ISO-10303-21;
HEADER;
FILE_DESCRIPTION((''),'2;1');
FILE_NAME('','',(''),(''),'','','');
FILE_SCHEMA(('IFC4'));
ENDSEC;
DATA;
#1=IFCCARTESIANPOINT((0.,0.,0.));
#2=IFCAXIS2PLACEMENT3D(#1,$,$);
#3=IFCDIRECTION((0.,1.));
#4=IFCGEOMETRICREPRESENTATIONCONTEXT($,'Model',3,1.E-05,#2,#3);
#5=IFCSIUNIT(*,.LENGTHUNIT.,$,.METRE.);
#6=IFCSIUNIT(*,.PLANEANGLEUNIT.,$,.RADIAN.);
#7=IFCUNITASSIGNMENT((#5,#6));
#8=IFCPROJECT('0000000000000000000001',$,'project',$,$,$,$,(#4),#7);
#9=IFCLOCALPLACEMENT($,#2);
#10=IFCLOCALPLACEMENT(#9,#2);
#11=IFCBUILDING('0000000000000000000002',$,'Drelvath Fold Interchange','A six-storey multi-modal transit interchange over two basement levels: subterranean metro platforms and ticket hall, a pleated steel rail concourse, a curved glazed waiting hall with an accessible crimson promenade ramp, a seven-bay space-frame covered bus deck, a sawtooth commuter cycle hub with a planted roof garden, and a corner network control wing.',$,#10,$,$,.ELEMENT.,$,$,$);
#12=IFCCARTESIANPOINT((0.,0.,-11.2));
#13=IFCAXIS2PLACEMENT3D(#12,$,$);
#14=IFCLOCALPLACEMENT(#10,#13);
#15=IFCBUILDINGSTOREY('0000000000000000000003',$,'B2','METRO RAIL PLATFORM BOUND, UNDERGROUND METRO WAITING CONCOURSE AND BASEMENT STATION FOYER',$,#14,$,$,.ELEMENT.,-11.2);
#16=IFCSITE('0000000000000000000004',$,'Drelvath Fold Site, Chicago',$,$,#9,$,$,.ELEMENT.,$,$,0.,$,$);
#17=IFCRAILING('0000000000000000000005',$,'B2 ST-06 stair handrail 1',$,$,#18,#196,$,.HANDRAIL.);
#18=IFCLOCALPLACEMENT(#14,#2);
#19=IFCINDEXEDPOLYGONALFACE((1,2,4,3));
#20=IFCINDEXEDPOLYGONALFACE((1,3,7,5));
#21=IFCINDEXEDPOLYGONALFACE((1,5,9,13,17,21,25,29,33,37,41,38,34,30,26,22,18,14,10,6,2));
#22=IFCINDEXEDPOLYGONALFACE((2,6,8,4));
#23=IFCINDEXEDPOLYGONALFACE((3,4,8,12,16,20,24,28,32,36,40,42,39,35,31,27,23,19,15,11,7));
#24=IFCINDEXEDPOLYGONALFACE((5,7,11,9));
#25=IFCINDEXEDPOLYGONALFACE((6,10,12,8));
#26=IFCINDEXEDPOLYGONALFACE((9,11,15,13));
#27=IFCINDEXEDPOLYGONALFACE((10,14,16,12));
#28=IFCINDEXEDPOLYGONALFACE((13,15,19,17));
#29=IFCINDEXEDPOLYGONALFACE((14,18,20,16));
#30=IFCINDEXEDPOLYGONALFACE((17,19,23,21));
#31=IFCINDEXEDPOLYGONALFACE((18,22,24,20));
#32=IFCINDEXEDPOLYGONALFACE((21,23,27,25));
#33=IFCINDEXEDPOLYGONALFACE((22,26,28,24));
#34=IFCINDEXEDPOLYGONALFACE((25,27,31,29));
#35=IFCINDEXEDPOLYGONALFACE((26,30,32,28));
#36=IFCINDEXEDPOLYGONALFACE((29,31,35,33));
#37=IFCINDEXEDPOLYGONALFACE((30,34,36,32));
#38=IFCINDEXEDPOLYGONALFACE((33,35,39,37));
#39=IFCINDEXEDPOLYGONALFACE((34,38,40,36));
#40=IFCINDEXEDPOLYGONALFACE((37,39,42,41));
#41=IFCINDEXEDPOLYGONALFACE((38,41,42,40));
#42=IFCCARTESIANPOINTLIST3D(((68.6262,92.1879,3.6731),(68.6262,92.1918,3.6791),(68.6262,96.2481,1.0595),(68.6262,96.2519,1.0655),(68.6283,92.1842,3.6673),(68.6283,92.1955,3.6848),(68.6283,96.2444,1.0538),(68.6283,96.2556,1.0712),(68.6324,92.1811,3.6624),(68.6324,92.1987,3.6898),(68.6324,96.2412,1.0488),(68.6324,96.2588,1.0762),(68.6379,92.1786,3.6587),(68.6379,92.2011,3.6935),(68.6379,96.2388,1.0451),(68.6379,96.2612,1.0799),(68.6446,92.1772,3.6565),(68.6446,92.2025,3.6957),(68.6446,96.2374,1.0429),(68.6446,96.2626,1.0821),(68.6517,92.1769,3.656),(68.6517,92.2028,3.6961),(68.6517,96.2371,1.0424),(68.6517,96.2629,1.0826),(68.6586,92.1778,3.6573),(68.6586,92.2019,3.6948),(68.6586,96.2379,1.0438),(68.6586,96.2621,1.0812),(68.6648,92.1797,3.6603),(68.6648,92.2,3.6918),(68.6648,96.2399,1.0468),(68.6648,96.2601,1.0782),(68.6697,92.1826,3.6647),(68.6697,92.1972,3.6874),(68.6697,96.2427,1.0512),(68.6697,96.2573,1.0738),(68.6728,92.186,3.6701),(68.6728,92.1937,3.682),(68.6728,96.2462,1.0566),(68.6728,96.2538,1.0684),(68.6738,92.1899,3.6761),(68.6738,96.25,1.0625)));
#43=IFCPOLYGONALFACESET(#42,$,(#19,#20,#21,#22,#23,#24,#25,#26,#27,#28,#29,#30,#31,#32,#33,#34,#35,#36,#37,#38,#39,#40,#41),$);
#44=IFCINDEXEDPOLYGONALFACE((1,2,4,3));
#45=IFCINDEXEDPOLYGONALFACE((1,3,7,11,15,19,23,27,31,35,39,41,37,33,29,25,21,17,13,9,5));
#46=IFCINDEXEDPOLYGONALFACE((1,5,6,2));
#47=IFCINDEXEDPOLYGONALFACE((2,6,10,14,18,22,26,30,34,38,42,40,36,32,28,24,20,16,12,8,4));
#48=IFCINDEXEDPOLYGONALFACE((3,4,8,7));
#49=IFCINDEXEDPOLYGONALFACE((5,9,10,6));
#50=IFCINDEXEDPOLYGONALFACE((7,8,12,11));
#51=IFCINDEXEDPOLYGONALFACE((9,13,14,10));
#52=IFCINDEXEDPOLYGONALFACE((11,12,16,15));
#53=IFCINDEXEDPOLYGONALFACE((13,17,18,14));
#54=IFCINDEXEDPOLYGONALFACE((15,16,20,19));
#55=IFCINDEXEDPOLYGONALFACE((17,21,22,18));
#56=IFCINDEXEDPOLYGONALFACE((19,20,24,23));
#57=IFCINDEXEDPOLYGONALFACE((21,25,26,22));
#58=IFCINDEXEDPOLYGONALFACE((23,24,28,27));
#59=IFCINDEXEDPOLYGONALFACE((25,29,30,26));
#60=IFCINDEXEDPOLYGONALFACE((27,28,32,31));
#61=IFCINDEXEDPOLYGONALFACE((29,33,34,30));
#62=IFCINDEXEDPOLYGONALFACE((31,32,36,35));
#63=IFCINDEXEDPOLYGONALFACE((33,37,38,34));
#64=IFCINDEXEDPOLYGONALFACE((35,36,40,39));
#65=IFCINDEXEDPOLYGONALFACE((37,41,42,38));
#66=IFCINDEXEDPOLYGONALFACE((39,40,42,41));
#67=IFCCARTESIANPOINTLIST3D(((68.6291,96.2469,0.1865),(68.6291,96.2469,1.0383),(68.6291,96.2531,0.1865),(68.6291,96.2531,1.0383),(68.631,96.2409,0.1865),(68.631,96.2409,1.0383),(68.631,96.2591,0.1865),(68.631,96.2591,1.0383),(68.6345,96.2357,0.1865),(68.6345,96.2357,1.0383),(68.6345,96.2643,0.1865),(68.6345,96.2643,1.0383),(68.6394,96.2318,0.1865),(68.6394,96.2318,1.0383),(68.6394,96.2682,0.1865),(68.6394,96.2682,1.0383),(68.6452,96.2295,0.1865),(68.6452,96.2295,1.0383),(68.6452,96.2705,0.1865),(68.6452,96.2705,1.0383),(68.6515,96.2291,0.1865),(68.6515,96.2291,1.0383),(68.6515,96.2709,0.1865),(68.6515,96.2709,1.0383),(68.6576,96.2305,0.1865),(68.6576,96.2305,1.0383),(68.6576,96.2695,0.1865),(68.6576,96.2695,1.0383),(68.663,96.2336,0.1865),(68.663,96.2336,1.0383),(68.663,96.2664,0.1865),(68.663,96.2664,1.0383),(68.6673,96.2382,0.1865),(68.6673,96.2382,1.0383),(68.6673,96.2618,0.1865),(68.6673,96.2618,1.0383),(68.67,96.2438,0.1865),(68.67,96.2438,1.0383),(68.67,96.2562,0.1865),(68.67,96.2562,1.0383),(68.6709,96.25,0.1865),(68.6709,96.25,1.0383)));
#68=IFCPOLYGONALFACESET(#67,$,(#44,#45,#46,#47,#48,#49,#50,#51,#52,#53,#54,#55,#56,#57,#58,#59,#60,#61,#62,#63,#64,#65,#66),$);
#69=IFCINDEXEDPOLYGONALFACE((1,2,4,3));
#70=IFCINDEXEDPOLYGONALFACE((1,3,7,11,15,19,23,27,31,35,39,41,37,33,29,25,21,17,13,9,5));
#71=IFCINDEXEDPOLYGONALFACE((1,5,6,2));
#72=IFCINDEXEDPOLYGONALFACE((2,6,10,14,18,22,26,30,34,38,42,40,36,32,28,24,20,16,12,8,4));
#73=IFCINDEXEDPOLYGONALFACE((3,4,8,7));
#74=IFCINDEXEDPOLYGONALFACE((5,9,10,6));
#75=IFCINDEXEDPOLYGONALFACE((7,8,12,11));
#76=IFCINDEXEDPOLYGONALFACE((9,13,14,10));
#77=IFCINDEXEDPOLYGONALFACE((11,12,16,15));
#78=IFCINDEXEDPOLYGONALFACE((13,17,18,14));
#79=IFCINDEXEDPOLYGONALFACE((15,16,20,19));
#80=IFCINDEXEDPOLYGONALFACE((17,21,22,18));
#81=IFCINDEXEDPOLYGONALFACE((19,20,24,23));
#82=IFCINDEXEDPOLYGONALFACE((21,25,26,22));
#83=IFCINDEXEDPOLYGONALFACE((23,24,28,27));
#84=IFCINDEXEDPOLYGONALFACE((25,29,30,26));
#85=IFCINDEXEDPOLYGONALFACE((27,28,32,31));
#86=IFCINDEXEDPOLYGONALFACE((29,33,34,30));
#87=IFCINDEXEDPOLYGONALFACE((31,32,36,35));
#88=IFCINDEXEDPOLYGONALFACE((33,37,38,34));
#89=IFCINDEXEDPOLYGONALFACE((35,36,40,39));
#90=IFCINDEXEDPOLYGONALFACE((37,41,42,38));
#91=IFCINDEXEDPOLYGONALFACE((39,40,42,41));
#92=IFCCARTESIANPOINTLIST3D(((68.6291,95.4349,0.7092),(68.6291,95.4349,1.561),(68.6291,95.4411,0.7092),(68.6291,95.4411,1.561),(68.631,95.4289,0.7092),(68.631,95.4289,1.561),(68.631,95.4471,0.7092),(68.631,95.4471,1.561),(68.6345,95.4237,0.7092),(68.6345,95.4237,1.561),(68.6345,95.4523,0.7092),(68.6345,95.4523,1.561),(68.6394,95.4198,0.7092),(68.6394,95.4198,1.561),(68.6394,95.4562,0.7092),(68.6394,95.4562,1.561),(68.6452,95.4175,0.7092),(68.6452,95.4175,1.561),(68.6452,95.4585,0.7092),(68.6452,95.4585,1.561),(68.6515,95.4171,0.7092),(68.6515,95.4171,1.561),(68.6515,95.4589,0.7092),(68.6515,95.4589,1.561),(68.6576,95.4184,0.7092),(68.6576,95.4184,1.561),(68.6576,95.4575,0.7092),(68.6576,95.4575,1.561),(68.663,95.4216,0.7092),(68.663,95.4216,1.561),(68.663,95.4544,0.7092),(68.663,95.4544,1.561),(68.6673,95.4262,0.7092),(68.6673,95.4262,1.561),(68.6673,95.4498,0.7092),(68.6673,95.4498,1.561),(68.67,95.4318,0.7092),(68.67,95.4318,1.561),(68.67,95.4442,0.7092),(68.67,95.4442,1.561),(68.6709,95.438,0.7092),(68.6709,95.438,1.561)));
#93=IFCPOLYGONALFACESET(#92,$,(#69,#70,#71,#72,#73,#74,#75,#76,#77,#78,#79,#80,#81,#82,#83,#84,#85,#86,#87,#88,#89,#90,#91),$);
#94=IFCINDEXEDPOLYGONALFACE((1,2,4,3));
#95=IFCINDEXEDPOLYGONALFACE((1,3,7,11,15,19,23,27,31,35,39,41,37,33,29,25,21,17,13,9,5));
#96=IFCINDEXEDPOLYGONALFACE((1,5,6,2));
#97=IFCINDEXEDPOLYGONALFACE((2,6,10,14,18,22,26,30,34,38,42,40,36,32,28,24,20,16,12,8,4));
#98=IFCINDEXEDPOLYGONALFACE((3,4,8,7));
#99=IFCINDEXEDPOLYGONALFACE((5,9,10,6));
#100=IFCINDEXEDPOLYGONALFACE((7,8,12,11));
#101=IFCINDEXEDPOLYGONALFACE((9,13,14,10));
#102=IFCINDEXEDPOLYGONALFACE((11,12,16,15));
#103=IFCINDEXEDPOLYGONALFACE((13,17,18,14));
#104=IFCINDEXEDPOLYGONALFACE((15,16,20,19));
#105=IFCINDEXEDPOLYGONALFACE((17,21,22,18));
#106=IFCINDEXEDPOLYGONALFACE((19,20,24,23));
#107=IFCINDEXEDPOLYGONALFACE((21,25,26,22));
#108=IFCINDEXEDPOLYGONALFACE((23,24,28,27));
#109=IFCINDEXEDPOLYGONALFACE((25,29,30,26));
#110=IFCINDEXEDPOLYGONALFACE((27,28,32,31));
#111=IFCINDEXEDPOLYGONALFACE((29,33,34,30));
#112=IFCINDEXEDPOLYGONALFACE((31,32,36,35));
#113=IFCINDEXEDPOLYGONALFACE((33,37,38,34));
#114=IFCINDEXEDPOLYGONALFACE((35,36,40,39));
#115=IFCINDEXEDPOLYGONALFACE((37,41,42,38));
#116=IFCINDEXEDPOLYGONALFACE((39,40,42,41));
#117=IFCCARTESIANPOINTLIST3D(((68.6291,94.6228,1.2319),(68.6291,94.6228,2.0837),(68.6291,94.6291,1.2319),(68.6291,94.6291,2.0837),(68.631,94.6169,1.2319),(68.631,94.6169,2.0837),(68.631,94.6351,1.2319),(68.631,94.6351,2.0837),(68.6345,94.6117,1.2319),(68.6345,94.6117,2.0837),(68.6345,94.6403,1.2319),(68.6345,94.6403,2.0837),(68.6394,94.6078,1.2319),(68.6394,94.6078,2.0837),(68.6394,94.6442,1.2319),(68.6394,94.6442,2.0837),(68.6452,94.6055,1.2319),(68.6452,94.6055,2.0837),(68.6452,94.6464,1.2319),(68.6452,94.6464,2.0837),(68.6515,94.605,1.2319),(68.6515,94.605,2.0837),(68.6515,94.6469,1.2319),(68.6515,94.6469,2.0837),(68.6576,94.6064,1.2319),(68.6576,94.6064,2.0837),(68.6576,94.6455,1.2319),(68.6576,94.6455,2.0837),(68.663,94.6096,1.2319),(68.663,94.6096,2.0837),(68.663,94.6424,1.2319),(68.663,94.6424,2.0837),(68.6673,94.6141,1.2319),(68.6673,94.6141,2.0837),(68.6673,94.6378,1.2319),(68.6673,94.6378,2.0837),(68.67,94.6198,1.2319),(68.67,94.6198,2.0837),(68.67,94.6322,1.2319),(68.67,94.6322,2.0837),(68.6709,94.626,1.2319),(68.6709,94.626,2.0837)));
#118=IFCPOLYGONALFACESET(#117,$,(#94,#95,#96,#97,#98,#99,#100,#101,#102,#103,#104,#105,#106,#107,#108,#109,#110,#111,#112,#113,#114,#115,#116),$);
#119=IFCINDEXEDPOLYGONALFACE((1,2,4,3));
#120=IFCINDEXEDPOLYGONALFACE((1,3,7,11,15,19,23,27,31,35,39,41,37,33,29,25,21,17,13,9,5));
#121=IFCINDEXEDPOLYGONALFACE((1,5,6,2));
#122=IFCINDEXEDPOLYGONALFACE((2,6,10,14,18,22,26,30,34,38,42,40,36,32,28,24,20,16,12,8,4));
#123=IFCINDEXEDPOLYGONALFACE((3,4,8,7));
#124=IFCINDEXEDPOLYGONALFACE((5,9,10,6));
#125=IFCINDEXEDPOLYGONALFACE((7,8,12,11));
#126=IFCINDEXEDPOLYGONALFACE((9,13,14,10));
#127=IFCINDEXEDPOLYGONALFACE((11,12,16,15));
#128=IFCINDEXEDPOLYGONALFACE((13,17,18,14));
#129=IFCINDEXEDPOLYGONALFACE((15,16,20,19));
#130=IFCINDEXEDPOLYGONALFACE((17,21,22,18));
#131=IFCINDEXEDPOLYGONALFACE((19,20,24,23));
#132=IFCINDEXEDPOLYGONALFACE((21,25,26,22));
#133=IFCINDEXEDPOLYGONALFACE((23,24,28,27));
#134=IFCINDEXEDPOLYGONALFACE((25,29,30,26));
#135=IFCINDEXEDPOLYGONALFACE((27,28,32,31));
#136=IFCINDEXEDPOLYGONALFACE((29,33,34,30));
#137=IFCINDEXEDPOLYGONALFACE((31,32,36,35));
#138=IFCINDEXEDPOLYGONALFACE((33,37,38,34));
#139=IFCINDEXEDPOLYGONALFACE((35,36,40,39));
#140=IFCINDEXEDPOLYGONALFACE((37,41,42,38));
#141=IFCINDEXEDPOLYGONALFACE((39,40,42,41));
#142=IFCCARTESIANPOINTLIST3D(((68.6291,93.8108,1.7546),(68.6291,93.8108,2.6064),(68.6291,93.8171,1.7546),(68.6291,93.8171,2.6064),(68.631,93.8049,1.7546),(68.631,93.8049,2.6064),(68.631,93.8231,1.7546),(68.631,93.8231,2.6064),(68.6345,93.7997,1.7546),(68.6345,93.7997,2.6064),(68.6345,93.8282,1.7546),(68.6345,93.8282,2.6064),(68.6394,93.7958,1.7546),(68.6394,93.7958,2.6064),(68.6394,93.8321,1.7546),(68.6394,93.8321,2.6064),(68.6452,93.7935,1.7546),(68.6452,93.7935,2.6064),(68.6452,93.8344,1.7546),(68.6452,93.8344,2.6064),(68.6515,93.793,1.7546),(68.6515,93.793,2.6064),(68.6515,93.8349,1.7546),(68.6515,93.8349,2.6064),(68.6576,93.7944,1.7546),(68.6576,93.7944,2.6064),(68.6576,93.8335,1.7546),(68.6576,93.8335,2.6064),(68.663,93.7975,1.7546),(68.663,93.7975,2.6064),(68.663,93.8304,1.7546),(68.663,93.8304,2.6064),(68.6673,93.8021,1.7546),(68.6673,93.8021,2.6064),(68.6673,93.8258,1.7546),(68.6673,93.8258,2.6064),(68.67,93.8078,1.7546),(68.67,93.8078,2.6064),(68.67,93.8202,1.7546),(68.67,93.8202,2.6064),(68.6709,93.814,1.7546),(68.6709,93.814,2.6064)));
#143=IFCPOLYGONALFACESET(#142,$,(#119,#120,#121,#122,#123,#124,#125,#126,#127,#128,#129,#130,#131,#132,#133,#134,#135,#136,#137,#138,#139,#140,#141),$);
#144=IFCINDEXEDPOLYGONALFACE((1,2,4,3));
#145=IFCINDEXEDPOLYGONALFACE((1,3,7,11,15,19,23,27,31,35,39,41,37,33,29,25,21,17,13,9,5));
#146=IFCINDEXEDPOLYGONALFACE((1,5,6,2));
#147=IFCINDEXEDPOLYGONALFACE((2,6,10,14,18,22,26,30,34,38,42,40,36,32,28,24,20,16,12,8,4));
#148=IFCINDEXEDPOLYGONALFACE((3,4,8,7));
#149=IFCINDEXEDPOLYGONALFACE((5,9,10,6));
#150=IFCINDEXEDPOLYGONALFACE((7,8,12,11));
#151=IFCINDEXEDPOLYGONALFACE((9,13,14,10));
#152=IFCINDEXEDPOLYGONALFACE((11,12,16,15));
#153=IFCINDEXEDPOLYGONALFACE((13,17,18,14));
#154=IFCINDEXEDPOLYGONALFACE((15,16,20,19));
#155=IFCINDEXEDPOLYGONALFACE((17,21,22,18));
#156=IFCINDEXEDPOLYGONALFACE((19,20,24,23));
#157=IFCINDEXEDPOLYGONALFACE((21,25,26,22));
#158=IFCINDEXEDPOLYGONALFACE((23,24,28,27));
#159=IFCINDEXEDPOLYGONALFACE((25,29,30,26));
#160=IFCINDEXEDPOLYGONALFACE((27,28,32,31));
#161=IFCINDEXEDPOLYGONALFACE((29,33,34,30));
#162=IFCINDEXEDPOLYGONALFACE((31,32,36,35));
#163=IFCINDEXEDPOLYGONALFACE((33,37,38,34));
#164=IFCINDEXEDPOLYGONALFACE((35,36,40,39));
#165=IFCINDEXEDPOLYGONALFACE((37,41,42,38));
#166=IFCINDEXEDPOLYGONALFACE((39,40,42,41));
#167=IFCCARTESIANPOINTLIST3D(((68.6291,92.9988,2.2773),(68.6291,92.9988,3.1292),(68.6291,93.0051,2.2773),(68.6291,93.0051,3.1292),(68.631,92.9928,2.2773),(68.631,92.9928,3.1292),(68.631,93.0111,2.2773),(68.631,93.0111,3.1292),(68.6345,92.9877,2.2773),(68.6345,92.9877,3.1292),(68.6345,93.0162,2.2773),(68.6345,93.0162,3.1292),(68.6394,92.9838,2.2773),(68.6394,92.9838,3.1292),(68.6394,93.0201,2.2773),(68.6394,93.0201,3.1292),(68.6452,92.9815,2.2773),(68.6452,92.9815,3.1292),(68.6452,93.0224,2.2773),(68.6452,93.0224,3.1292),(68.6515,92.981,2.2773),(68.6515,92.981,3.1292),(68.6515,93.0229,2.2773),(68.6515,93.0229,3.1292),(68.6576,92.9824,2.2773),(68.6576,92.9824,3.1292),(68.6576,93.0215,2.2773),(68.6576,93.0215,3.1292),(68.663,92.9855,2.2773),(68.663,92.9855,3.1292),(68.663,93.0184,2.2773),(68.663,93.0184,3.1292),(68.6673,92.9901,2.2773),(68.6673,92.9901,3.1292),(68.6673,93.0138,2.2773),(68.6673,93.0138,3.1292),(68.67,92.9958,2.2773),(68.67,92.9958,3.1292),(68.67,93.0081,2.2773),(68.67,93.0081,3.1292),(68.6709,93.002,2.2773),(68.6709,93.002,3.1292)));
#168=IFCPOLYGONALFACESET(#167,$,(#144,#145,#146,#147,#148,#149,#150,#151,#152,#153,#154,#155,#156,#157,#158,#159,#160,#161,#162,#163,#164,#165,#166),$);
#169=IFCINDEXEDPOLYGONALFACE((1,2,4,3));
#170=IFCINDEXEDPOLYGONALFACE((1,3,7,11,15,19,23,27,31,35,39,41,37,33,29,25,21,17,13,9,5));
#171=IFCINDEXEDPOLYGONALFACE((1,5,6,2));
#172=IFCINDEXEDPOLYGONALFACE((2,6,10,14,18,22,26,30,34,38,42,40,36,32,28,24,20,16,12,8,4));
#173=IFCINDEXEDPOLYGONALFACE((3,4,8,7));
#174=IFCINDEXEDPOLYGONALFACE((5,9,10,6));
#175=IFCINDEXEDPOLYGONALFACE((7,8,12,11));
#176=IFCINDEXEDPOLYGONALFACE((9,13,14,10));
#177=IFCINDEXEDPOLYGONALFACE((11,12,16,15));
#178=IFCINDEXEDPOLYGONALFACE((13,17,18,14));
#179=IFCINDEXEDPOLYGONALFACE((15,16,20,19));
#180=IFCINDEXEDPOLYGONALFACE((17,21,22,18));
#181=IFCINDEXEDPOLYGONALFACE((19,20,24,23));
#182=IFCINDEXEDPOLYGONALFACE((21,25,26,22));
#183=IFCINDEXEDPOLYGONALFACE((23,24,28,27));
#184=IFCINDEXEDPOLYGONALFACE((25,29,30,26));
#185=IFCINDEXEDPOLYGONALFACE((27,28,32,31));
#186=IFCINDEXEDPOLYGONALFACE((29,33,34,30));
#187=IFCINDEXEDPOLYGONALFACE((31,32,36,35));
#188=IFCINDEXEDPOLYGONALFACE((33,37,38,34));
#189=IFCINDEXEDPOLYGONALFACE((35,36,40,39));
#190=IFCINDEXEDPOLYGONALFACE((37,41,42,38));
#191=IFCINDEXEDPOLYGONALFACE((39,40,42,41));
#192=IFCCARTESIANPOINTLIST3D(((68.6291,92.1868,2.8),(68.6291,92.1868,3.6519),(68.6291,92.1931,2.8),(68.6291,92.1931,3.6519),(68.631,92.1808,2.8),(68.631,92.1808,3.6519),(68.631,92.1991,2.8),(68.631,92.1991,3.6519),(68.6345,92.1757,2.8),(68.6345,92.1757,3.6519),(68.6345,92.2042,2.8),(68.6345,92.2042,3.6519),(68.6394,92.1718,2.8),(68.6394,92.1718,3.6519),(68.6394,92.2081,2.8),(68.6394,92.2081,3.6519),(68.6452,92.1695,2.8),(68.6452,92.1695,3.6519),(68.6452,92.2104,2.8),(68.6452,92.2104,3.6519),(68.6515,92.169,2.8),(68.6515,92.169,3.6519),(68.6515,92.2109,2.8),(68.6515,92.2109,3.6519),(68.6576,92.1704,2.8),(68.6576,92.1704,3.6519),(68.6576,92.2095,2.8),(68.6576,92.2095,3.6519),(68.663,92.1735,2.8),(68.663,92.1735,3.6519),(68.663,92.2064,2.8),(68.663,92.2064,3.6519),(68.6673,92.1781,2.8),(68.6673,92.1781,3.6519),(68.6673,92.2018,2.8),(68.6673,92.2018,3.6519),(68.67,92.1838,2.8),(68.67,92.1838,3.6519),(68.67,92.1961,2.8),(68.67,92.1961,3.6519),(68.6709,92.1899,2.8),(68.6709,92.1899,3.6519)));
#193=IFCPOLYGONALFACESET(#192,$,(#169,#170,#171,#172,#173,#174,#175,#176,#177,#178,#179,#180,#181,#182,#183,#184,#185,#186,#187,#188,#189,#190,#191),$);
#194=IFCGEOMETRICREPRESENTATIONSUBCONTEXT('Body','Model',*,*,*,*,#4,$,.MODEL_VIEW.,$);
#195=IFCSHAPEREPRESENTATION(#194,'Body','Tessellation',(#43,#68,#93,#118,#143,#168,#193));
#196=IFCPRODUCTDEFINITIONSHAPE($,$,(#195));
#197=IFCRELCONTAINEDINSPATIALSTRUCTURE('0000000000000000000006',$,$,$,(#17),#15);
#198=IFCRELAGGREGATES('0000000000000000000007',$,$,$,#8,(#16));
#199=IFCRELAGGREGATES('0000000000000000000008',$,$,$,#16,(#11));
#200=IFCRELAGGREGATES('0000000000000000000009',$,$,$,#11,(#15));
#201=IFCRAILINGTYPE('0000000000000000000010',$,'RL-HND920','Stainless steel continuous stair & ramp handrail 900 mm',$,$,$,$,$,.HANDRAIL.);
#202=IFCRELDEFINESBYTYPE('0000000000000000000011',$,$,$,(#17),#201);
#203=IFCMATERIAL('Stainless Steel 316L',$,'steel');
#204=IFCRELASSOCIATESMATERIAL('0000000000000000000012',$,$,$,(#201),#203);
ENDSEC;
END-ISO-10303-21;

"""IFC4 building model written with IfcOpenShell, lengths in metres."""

from ifc_helpers import new_model, si_unit, direction, frame, origin, origin_2d, place, context, subcontext, project, spatial, circle, extrude, material, type_object, element, save


model = new_model("IFC4")

# Units and contexts
model_context = context("Model", 3, precision=1e-05, world=origin(), true_north=direction((0.0, 1.0)))
body_context = subcontext(model_context, "Body", "Model", "MODEL_VIEW")
ifc_project = project(units=[si_unit("LENGTHUNIT", "METRE"), si_unit("PLANEANGLEUNIT", "RADIAN")], contexts=[model_context])

# Site, building, storey
site_placement = place(None, origin())
site = spatial("IfcSite", under=ifc_project, at=site_placement, Name="Drelvath Fold Site, Chicago", CompositionType="ELEMENT", RefElevation=0.0)
building_placement = place(site_placement, origin())
building = spatial("IfcBuilding", under=site, at=building_placement, Name="Drelvath Fold Interchange", Description="A six-storey multi-modal transit interchange over two basement levels: subterranean metro platforms and ticket hall, a pleated steel rail concourse, a curved glazed waiting hall with an accessible crimson promenade ramp, a seven-bay space-frame covered bus deck, a sawtooth commuter cycle hub with a planted roof garden, and a corner network control wing.", CompositionType="ELEMENT")
storey_placement = place(building_placement, frame((0.0, 0.0, -11.2)))
storey = spatial("IfcBuildingStorey", under=building, at=storey_placement, Name="B2", Description="METRO RAIL PLATFORM BOUND, UNDERGROUND METRO WAITING CONCOURSE AND BASEMENT STATION FOYER", CompositionType="ELEMENT", Elevation=-11.2)

# Railing
ifc_material_1 = material(Name="Stainless Steel 316L", Category="steel")
railing_type_1 = type_object("IfcRailingType", Name="RL-HND920", Description="Stainless steel continuous stair & ramp handrail 900 mm", PredefinedType="HANDRAIL", material=ifc_material_1)
railing_1_placement = place(storey_placement, frame((68.6499, 96.25, 0.1865)))
element("IfcRailing", 1, at=railing_1_placement, inside=storey, type_object=railing_type_1, Name="B2 ST-06 stair handrail 1", PredefinedType="HANDRAIL", context=body_context, shape_type="SweptSolid", body=[
    extrude(circle(Radius=0.0239, at=origin_2d()), frame((0.0, 0.0, 0.876), z_axis=(0.0, -0.84085, 0.541269), x_axis=(1.0, 0.0, 0.0)), (0.0, 0.0, 1.0), 4.8286),
    extrude(circle(Radius=0.021, at=origin_2d()), origin(), (0.0, 0.0, 1.0), 0.8518),
    extrude(circle(Radius=0.021, at=origin_2d()), frame((0.0, -0.812, 0.5227)), (0.0, 0.0, 1.0), 0.8518),
    extrude(circle(Radius=0.021, at=origin_2d()), frame((0.0, -1.624, 1.0454)), (0.0, 0.0, 1.0), 0.8518),
    extrude(circle(Radius=0.021, at=origin_2d()), frame((0.0, -2.436, 1.5681)), (0.0, 0.0, 1.0), 0.8518),
    extrude(circle(Radius=0.021, at=origin_2d()), frame((0.0, -3.248, 2.0908)), (0.0, 0.0, 1.0), 0.8518),
    extrude(circle(Radius=0.021, at=origin_2d()), frame((0.0, -4.0601, 2.6135)), (0.0, 0.0, 1.0), 0.8518),
])

save(model, "model.ifc")
